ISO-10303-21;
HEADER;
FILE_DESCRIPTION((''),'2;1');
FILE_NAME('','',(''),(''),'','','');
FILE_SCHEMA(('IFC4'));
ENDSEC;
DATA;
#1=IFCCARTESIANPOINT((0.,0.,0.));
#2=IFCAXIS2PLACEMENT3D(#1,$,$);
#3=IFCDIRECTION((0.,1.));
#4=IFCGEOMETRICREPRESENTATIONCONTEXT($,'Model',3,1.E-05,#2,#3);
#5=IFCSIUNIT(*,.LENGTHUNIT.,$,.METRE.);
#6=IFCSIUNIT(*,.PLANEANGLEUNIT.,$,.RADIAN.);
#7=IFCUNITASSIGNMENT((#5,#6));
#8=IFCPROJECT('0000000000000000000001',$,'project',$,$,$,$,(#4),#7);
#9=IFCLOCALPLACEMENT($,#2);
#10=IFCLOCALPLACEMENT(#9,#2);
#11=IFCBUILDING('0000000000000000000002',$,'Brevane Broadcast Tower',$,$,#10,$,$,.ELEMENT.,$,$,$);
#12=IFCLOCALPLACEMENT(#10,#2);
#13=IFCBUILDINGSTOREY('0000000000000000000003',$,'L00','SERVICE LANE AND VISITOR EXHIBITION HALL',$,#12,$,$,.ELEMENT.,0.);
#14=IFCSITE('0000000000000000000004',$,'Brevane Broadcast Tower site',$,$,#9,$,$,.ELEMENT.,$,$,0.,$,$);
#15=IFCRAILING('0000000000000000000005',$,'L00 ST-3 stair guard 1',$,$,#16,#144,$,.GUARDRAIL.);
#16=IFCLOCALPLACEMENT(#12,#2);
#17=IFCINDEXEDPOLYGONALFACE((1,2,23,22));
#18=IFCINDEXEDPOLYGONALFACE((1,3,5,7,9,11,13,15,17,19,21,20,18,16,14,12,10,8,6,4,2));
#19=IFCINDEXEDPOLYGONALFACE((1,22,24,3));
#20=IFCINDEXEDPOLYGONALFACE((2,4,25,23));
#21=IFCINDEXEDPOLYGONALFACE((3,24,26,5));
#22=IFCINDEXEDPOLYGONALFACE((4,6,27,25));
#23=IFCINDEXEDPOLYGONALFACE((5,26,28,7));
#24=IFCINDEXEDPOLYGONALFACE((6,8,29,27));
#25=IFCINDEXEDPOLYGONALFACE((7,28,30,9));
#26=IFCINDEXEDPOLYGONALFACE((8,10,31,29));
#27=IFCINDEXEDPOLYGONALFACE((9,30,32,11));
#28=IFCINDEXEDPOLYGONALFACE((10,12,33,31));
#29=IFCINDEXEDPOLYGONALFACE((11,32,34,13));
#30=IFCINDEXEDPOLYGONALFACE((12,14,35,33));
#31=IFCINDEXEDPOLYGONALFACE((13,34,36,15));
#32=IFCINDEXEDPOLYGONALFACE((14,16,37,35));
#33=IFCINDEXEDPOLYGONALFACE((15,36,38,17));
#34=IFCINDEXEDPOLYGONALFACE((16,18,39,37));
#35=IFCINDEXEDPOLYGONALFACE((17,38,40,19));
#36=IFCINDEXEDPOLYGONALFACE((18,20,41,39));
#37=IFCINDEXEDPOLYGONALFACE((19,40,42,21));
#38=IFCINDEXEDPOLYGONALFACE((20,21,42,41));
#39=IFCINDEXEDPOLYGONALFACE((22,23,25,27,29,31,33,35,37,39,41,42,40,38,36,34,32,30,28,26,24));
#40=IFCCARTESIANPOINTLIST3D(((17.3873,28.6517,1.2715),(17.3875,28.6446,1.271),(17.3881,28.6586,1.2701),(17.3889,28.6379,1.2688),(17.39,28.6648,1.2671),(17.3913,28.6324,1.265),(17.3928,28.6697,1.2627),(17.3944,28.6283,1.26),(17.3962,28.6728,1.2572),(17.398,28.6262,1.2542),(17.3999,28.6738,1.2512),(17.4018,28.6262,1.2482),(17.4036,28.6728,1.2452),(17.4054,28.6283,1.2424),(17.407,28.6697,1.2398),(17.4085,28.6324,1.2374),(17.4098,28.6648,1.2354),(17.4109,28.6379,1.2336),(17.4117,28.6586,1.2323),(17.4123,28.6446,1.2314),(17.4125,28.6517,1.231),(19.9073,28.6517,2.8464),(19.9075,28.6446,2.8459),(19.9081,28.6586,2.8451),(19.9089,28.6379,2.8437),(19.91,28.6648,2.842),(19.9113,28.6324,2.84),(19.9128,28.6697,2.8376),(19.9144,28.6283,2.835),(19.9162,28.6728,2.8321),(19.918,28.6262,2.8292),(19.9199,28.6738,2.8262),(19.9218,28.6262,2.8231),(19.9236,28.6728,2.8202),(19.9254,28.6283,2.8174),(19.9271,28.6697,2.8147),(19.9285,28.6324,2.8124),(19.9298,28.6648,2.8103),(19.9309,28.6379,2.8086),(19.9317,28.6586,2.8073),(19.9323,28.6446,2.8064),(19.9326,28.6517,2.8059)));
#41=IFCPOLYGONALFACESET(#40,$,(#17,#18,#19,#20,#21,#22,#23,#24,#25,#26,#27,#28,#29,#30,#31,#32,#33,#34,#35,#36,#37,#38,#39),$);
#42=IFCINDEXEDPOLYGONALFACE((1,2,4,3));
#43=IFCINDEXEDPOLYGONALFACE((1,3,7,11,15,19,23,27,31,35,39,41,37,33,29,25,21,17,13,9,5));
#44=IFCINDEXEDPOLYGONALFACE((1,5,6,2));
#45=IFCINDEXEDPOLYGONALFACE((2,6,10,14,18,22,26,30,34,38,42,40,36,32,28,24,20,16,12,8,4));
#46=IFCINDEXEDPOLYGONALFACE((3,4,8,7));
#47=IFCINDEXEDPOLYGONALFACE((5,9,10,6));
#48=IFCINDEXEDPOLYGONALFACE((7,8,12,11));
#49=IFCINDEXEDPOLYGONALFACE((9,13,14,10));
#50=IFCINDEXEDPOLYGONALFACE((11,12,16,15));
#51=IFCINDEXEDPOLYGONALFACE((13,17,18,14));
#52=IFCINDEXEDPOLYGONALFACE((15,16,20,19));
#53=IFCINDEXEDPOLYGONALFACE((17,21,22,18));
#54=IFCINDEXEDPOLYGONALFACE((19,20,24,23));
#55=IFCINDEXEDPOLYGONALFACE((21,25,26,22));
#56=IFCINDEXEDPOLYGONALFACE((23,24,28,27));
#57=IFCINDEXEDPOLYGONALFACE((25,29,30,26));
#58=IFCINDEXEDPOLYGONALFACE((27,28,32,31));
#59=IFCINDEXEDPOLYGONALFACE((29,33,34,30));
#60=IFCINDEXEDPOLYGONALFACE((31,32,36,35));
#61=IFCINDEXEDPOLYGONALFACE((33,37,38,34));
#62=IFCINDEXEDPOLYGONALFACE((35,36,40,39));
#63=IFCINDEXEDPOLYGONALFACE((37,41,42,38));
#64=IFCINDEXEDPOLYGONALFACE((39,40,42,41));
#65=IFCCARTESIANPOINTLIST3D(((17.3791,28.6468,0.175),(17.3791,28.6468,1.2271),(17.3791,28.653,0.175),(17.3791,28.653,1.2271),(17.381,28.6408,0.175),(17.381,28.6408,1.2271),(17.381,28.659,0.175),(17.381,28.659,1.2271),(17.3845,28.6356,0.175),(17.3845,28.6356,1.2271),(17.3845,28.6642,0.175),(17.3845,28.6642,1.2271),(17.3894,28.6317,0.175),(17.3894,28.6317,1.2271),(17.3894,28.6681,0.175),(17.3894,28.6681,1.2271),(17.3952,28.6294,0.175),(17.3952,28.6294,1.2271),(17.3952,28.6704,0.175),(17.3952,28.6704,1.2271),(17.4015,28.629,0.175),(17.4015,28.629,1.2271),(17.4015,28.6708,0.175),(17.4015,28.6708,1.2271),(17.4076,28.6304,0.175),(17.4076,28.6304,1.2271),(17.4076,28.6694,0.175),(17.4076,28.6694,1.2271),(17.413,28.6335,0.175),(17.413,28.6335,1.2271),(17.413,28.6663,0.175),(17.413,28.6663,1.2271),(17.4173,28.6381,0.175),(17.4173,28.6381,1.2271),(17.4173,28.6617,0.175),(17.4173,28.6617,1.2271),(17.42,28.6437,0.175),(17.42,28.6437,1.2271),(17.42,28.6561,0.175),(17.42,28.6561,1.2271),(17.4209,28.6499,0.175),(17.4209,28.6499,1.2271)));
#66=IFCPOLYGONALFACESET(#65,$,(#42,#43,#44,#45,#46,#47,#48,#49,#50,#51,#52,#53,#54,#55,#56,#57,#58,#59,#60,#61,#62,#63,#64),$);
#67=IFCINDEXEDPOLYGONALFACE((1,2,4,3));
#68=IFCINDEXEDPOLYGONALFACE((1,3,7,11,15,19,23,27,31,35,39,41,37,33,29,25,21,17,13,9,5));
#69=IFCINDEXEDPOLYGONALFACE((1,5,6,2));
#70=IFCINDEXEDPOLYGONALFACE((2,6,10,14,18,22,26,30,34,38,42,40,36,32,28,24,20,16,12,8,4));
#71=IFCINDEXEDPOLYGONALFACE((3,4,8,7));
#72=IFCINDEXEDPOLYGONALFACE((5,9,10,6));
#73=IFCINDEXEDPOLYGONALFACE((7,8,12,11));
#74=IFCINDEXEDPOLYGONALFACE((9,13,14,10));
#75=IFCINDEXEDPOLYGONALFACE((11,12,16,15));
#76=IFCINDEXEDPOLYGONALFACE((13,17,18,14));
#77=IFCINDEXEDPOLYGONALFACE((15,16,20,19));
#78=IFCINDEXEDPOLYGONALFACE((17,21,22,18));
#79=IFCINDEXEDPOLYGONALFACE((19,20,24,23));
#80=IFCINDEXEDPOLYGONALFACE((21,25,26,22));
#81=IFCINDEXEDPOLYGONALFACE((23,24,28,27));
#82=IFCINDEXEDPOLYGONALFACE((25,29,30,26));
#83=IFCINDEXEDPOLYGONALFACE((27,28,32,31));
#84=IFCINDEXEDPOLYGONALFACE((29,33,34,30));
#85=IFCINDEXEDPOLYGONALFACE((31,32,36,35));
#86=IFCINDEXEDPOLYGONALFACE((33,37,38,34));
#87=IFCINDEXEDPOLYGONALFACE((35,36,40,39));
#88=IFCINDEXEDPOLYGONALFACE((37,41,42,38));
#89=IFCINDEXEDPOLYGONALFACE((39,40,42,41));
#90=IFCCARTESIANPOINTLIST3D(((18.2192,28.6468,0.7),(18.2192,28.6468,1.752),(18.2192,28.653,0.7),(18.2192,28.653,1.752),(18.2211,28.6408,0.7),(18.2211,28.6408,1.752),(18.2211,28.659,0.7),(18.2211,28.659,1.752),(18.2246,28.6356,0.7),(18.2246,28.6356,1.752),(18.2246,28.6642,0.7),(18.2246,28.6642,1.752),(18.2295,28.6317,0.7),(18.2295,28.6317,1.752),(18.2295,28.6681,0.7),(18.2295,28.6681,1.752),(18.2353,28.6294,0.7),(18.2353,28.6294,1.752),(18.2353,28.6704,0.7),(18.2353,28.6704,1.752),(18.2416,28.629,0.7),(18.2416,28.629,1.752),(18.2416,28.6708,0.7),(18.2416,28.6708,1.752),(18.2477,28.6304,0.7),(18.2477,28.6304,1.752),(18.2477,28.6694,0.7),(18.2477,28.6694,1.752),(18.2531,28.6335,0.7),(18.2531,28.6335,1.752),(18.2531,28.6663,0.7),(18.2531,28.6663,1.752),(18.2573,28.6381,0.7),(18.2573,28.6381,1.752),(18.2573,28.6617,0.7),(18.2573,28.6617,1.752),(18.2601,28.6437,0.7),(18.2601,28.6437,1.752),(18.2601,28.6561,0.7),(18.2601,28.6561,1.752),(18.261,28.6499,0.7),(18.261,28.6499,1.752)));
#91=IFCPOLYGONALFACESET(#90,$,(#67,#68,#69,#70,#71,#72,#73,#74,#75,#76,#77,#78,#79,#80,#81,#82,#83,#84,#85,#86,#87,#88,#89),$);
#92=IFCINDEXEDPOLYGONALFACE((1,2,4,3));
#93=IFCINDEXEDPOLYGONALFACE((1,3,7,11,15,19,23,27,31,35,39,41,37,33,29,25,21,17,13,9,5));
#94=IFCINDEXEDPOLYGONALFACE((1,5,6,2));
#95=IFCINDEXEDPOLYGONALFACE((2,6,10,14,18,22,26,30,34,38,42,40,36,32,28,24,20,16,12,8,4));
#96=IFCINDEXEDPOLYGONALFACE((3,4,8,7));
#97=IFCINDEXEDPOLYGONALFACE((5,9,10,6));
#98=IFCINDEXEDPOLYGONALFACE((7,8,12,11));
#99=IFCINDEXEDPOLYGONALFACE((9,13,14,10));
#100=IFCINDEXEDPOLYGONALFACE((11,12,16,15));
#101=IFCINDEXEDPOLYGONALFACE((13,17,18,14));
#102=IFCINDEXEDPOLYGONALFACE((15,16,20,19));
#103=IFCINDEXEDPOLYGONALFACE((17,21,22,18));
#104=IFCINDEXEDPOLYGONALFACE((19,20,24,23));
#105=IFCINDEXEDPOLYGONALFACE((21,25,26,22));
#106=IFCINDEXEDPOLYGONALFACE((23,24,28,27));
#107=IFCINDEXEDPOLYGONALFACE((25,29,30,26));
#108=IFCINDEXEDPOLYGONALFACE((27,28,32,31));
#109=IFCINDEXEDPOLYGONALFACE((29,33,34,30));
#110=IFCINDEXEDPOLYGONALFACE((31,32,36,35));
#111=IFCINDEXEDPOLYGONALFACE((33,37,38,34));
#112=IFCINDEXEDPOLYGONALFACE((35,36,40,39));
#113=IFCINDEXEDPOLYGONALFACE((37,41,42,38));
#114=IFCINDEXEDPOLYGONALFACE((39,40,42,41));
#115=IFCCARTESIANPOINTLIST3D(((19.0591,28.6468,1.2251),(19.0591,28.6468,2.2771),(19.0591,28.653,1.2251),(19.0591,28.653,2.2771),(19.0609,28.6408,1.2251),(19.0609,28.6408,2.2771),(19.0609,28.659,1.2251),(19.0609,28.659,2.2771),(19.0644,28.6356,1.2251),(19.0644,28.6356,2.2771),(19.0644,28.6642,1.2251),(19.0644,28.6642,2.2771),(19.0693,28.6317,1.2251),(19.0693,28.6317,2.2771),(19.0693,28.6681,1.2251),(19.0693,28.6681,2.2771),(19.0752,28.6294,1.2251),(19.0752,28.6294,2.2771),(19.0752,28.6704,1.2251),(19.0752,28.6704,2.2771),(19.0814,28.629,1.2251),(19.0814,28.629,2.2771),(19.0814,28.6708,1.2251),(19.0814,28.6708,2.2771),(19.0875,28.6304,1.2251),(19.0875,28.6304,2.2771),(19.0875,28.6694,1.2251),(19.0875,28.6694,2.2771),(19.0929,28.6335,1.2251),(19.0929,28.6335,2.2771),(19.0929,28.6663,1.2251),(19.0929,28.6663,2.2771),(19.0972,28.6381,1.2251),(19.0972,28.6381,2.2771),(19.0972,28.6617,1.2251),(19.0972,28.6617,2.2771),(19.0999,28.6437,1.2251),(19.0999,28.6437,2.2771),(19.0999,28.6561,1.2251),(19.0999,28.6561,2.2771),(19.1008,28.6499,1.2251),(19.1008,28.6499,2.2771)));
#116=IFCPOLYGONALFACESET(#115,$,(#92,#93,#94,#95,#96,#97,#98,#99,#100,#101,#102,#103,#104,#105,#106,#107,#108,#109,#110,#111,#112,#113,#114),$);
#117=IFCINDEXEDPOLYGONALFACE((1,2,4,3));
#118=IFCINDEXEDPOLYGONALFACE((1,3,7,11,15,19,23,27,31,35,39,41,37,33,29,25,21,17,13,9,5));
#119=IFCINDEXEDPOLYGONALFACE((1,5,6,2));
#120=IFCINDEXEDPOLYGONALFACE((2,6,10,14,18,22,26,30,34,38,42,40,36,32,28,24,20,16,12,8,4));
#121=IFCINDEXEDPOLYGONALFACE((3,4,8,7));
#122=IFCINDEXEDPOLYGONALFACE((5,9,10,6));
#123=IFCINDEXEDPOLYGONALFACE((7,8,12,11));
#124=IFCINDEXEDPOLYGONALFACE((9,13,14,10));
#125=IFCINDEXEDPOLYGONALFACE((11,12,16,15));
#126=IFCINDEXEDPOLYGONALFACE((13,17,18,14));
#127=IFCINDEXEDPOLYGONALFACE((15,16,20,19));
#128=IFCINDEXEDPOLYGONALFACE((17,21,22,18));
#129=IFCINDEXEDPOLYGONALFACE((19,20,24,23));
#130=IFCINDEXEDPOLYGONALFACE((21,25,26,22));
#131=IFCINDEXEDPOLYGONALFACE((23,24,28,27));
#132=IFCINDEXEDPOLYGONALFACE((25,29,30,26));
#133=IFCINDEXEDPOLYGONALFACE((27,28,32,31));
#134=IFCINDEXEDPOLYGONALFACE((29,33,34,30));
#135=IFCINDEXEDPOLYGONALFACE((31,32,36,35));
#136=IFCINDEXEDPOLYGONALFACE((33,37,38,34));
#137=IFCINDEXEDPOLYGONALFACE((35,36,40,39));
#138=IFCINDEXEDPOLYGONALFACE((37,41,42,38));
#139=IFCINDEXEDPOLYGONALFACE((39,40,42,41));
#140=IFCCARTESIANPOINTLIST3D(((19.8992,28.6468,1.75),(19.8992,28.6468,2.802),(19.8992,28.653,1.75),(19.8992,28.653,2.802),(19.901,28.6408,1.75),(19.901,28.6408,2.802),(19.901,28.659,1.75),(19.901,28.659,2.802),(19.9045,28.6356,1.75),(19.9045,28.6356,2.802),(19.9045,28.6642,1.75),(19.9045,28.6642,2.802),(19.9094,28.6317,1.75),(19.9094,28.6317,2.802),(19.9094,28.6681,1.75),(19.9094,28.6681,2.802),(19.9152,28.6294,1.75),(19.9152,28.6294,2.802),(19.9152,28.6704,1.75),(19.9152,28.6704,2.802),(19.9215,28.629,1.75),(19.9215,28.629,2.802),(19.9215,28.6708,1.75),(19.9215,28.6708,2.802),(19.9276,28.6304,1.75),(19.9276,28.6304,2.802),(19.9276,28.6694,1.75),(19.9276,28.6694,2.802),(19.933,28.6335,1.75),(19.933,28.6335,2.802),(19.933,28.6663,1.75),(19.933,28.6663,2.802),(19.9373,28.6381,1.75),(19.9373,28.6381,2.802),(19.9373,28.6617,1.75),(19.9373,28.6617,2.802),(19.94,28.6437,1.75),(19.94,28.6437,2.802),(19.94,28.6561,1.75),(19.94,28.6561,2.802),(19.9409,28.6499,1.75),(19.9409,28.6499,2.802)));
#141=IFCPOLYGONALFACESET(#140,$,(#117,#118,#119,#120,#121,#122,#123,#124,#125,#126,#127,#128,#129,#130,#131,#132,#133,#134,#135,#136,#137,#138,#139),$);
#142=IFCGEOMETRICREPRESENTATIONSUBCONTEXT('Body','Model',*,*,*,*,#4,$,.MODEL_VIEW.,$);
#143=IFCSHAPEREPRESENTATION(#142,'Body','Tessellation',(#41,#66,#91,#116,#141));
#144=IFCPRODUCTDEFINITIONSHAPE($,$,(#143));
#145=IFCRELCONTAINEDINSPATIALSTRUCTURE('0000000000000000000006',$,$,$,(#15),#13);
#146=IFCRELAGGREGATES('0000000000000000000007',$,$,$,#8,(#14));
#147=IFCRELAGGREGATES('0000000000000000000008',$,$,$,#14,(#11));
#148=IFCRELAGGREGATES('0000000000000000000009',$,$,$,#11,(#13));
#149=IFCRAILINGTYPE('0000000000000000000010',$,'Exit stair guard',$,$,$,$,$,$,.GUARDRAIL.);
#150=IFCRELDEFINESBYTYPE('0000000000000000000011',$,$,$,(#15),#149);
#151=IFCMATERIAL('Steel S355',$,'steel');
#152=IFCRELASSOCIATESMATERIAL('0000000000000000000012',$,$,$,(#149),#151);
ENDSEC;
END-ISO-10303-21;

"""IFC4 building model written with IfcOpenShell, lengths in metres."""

from ifc_helpers import new_model, si_unit, direction, frame, origin, origin_2d, place, context, subcontext, project, spatial, circle, extrude, material, type_object, element, save


model = new_model("IFC4")

# Units and contexts
model_context = context("Model", 3, precision=1e-05, world=origin(), true_north=direction((0.0, 1.0)))
body_context = subcontext(model_context, "Body", "Model", "MODEL_VIEW")
ifc_project = project(units=[si_unit("LENGTHUNIT", "METRE"), si_unit("PLANEANGLEUNIT", "RADIAN")], contexts=[model_context])

# Site, building, storey
site_placement = place(None, origin())
site = spatial("IfcSite", under=ifc_project, at=site_placement, Name="Brevane Broadcast Tower site", CompositionType="ELEMENT", RefElevation=0.0)
building_placement = place(site_placement, origin())
building = spatial("IfcBuilding", under=site, at=building_placement, Name="Brevane Broadcast Tower", CompositionType="ELEMENT")
storey_placement = place(building_placement, origin())
storey = spatial("IfcBuildingStorey", under=building, at=storey_placement, Name="L00", Description="SERVICE LANE AND VISITOR EXHIBITION HALL", CompositionType="ELEMENT", Elevation=0.0)

# Railing
ifc_material_1 = material(Name="Steel S355", Category="steel")
railing_type_1 = type_object("IfcRailingType", Name="Exit stair guard", PredefinedType="GUARDRAIL", material=ifc_material_1)
railing_placement = place(storey_placement, frame((17.3999, 28.6499, 0.175)))
element("IfcRailing", 1, at=railing_placement, inside=storey, type_object=railing_type_1, Name="L00 ST-3 stair guard 1", PredefinedType="GUARDRAIL", context=body_context, shape_type="SweptSolid", body=[
    extrude(circle(Radius=0.0239, at=origin_2d()), frame((0.0, 0.0, 1.0762), z_axis=(0.848008, 0.0, 0.529984), x_axis=(0.0, 1.0, 0.0)), (0.0, 0.0, 1.0), 2.9717),
    extrude(circle(Radius=0.021, at=origin_2d()), origin(), (0.0, 0.0, 1.0), 1.052),
    extrude(circle(Radius=0.021, at=origin_2d()), frame((0.8401, 0.0, 0.5249)), (0.0, 0.0, 1.0), 1.052),
    extrude(circle(Radius=0.021, at=origin_2d()), frame((1.6799, 0.0, 1.05)), (0.0, 0.0, 1.0), 1.052),
    extrude(circle(Radius=0.021, at=origin_2d()), frame((2.52, 0.0, 1.575)), (0.0, 0.0, 1.0), 1.052),
])

save(model, "model.ifc")
